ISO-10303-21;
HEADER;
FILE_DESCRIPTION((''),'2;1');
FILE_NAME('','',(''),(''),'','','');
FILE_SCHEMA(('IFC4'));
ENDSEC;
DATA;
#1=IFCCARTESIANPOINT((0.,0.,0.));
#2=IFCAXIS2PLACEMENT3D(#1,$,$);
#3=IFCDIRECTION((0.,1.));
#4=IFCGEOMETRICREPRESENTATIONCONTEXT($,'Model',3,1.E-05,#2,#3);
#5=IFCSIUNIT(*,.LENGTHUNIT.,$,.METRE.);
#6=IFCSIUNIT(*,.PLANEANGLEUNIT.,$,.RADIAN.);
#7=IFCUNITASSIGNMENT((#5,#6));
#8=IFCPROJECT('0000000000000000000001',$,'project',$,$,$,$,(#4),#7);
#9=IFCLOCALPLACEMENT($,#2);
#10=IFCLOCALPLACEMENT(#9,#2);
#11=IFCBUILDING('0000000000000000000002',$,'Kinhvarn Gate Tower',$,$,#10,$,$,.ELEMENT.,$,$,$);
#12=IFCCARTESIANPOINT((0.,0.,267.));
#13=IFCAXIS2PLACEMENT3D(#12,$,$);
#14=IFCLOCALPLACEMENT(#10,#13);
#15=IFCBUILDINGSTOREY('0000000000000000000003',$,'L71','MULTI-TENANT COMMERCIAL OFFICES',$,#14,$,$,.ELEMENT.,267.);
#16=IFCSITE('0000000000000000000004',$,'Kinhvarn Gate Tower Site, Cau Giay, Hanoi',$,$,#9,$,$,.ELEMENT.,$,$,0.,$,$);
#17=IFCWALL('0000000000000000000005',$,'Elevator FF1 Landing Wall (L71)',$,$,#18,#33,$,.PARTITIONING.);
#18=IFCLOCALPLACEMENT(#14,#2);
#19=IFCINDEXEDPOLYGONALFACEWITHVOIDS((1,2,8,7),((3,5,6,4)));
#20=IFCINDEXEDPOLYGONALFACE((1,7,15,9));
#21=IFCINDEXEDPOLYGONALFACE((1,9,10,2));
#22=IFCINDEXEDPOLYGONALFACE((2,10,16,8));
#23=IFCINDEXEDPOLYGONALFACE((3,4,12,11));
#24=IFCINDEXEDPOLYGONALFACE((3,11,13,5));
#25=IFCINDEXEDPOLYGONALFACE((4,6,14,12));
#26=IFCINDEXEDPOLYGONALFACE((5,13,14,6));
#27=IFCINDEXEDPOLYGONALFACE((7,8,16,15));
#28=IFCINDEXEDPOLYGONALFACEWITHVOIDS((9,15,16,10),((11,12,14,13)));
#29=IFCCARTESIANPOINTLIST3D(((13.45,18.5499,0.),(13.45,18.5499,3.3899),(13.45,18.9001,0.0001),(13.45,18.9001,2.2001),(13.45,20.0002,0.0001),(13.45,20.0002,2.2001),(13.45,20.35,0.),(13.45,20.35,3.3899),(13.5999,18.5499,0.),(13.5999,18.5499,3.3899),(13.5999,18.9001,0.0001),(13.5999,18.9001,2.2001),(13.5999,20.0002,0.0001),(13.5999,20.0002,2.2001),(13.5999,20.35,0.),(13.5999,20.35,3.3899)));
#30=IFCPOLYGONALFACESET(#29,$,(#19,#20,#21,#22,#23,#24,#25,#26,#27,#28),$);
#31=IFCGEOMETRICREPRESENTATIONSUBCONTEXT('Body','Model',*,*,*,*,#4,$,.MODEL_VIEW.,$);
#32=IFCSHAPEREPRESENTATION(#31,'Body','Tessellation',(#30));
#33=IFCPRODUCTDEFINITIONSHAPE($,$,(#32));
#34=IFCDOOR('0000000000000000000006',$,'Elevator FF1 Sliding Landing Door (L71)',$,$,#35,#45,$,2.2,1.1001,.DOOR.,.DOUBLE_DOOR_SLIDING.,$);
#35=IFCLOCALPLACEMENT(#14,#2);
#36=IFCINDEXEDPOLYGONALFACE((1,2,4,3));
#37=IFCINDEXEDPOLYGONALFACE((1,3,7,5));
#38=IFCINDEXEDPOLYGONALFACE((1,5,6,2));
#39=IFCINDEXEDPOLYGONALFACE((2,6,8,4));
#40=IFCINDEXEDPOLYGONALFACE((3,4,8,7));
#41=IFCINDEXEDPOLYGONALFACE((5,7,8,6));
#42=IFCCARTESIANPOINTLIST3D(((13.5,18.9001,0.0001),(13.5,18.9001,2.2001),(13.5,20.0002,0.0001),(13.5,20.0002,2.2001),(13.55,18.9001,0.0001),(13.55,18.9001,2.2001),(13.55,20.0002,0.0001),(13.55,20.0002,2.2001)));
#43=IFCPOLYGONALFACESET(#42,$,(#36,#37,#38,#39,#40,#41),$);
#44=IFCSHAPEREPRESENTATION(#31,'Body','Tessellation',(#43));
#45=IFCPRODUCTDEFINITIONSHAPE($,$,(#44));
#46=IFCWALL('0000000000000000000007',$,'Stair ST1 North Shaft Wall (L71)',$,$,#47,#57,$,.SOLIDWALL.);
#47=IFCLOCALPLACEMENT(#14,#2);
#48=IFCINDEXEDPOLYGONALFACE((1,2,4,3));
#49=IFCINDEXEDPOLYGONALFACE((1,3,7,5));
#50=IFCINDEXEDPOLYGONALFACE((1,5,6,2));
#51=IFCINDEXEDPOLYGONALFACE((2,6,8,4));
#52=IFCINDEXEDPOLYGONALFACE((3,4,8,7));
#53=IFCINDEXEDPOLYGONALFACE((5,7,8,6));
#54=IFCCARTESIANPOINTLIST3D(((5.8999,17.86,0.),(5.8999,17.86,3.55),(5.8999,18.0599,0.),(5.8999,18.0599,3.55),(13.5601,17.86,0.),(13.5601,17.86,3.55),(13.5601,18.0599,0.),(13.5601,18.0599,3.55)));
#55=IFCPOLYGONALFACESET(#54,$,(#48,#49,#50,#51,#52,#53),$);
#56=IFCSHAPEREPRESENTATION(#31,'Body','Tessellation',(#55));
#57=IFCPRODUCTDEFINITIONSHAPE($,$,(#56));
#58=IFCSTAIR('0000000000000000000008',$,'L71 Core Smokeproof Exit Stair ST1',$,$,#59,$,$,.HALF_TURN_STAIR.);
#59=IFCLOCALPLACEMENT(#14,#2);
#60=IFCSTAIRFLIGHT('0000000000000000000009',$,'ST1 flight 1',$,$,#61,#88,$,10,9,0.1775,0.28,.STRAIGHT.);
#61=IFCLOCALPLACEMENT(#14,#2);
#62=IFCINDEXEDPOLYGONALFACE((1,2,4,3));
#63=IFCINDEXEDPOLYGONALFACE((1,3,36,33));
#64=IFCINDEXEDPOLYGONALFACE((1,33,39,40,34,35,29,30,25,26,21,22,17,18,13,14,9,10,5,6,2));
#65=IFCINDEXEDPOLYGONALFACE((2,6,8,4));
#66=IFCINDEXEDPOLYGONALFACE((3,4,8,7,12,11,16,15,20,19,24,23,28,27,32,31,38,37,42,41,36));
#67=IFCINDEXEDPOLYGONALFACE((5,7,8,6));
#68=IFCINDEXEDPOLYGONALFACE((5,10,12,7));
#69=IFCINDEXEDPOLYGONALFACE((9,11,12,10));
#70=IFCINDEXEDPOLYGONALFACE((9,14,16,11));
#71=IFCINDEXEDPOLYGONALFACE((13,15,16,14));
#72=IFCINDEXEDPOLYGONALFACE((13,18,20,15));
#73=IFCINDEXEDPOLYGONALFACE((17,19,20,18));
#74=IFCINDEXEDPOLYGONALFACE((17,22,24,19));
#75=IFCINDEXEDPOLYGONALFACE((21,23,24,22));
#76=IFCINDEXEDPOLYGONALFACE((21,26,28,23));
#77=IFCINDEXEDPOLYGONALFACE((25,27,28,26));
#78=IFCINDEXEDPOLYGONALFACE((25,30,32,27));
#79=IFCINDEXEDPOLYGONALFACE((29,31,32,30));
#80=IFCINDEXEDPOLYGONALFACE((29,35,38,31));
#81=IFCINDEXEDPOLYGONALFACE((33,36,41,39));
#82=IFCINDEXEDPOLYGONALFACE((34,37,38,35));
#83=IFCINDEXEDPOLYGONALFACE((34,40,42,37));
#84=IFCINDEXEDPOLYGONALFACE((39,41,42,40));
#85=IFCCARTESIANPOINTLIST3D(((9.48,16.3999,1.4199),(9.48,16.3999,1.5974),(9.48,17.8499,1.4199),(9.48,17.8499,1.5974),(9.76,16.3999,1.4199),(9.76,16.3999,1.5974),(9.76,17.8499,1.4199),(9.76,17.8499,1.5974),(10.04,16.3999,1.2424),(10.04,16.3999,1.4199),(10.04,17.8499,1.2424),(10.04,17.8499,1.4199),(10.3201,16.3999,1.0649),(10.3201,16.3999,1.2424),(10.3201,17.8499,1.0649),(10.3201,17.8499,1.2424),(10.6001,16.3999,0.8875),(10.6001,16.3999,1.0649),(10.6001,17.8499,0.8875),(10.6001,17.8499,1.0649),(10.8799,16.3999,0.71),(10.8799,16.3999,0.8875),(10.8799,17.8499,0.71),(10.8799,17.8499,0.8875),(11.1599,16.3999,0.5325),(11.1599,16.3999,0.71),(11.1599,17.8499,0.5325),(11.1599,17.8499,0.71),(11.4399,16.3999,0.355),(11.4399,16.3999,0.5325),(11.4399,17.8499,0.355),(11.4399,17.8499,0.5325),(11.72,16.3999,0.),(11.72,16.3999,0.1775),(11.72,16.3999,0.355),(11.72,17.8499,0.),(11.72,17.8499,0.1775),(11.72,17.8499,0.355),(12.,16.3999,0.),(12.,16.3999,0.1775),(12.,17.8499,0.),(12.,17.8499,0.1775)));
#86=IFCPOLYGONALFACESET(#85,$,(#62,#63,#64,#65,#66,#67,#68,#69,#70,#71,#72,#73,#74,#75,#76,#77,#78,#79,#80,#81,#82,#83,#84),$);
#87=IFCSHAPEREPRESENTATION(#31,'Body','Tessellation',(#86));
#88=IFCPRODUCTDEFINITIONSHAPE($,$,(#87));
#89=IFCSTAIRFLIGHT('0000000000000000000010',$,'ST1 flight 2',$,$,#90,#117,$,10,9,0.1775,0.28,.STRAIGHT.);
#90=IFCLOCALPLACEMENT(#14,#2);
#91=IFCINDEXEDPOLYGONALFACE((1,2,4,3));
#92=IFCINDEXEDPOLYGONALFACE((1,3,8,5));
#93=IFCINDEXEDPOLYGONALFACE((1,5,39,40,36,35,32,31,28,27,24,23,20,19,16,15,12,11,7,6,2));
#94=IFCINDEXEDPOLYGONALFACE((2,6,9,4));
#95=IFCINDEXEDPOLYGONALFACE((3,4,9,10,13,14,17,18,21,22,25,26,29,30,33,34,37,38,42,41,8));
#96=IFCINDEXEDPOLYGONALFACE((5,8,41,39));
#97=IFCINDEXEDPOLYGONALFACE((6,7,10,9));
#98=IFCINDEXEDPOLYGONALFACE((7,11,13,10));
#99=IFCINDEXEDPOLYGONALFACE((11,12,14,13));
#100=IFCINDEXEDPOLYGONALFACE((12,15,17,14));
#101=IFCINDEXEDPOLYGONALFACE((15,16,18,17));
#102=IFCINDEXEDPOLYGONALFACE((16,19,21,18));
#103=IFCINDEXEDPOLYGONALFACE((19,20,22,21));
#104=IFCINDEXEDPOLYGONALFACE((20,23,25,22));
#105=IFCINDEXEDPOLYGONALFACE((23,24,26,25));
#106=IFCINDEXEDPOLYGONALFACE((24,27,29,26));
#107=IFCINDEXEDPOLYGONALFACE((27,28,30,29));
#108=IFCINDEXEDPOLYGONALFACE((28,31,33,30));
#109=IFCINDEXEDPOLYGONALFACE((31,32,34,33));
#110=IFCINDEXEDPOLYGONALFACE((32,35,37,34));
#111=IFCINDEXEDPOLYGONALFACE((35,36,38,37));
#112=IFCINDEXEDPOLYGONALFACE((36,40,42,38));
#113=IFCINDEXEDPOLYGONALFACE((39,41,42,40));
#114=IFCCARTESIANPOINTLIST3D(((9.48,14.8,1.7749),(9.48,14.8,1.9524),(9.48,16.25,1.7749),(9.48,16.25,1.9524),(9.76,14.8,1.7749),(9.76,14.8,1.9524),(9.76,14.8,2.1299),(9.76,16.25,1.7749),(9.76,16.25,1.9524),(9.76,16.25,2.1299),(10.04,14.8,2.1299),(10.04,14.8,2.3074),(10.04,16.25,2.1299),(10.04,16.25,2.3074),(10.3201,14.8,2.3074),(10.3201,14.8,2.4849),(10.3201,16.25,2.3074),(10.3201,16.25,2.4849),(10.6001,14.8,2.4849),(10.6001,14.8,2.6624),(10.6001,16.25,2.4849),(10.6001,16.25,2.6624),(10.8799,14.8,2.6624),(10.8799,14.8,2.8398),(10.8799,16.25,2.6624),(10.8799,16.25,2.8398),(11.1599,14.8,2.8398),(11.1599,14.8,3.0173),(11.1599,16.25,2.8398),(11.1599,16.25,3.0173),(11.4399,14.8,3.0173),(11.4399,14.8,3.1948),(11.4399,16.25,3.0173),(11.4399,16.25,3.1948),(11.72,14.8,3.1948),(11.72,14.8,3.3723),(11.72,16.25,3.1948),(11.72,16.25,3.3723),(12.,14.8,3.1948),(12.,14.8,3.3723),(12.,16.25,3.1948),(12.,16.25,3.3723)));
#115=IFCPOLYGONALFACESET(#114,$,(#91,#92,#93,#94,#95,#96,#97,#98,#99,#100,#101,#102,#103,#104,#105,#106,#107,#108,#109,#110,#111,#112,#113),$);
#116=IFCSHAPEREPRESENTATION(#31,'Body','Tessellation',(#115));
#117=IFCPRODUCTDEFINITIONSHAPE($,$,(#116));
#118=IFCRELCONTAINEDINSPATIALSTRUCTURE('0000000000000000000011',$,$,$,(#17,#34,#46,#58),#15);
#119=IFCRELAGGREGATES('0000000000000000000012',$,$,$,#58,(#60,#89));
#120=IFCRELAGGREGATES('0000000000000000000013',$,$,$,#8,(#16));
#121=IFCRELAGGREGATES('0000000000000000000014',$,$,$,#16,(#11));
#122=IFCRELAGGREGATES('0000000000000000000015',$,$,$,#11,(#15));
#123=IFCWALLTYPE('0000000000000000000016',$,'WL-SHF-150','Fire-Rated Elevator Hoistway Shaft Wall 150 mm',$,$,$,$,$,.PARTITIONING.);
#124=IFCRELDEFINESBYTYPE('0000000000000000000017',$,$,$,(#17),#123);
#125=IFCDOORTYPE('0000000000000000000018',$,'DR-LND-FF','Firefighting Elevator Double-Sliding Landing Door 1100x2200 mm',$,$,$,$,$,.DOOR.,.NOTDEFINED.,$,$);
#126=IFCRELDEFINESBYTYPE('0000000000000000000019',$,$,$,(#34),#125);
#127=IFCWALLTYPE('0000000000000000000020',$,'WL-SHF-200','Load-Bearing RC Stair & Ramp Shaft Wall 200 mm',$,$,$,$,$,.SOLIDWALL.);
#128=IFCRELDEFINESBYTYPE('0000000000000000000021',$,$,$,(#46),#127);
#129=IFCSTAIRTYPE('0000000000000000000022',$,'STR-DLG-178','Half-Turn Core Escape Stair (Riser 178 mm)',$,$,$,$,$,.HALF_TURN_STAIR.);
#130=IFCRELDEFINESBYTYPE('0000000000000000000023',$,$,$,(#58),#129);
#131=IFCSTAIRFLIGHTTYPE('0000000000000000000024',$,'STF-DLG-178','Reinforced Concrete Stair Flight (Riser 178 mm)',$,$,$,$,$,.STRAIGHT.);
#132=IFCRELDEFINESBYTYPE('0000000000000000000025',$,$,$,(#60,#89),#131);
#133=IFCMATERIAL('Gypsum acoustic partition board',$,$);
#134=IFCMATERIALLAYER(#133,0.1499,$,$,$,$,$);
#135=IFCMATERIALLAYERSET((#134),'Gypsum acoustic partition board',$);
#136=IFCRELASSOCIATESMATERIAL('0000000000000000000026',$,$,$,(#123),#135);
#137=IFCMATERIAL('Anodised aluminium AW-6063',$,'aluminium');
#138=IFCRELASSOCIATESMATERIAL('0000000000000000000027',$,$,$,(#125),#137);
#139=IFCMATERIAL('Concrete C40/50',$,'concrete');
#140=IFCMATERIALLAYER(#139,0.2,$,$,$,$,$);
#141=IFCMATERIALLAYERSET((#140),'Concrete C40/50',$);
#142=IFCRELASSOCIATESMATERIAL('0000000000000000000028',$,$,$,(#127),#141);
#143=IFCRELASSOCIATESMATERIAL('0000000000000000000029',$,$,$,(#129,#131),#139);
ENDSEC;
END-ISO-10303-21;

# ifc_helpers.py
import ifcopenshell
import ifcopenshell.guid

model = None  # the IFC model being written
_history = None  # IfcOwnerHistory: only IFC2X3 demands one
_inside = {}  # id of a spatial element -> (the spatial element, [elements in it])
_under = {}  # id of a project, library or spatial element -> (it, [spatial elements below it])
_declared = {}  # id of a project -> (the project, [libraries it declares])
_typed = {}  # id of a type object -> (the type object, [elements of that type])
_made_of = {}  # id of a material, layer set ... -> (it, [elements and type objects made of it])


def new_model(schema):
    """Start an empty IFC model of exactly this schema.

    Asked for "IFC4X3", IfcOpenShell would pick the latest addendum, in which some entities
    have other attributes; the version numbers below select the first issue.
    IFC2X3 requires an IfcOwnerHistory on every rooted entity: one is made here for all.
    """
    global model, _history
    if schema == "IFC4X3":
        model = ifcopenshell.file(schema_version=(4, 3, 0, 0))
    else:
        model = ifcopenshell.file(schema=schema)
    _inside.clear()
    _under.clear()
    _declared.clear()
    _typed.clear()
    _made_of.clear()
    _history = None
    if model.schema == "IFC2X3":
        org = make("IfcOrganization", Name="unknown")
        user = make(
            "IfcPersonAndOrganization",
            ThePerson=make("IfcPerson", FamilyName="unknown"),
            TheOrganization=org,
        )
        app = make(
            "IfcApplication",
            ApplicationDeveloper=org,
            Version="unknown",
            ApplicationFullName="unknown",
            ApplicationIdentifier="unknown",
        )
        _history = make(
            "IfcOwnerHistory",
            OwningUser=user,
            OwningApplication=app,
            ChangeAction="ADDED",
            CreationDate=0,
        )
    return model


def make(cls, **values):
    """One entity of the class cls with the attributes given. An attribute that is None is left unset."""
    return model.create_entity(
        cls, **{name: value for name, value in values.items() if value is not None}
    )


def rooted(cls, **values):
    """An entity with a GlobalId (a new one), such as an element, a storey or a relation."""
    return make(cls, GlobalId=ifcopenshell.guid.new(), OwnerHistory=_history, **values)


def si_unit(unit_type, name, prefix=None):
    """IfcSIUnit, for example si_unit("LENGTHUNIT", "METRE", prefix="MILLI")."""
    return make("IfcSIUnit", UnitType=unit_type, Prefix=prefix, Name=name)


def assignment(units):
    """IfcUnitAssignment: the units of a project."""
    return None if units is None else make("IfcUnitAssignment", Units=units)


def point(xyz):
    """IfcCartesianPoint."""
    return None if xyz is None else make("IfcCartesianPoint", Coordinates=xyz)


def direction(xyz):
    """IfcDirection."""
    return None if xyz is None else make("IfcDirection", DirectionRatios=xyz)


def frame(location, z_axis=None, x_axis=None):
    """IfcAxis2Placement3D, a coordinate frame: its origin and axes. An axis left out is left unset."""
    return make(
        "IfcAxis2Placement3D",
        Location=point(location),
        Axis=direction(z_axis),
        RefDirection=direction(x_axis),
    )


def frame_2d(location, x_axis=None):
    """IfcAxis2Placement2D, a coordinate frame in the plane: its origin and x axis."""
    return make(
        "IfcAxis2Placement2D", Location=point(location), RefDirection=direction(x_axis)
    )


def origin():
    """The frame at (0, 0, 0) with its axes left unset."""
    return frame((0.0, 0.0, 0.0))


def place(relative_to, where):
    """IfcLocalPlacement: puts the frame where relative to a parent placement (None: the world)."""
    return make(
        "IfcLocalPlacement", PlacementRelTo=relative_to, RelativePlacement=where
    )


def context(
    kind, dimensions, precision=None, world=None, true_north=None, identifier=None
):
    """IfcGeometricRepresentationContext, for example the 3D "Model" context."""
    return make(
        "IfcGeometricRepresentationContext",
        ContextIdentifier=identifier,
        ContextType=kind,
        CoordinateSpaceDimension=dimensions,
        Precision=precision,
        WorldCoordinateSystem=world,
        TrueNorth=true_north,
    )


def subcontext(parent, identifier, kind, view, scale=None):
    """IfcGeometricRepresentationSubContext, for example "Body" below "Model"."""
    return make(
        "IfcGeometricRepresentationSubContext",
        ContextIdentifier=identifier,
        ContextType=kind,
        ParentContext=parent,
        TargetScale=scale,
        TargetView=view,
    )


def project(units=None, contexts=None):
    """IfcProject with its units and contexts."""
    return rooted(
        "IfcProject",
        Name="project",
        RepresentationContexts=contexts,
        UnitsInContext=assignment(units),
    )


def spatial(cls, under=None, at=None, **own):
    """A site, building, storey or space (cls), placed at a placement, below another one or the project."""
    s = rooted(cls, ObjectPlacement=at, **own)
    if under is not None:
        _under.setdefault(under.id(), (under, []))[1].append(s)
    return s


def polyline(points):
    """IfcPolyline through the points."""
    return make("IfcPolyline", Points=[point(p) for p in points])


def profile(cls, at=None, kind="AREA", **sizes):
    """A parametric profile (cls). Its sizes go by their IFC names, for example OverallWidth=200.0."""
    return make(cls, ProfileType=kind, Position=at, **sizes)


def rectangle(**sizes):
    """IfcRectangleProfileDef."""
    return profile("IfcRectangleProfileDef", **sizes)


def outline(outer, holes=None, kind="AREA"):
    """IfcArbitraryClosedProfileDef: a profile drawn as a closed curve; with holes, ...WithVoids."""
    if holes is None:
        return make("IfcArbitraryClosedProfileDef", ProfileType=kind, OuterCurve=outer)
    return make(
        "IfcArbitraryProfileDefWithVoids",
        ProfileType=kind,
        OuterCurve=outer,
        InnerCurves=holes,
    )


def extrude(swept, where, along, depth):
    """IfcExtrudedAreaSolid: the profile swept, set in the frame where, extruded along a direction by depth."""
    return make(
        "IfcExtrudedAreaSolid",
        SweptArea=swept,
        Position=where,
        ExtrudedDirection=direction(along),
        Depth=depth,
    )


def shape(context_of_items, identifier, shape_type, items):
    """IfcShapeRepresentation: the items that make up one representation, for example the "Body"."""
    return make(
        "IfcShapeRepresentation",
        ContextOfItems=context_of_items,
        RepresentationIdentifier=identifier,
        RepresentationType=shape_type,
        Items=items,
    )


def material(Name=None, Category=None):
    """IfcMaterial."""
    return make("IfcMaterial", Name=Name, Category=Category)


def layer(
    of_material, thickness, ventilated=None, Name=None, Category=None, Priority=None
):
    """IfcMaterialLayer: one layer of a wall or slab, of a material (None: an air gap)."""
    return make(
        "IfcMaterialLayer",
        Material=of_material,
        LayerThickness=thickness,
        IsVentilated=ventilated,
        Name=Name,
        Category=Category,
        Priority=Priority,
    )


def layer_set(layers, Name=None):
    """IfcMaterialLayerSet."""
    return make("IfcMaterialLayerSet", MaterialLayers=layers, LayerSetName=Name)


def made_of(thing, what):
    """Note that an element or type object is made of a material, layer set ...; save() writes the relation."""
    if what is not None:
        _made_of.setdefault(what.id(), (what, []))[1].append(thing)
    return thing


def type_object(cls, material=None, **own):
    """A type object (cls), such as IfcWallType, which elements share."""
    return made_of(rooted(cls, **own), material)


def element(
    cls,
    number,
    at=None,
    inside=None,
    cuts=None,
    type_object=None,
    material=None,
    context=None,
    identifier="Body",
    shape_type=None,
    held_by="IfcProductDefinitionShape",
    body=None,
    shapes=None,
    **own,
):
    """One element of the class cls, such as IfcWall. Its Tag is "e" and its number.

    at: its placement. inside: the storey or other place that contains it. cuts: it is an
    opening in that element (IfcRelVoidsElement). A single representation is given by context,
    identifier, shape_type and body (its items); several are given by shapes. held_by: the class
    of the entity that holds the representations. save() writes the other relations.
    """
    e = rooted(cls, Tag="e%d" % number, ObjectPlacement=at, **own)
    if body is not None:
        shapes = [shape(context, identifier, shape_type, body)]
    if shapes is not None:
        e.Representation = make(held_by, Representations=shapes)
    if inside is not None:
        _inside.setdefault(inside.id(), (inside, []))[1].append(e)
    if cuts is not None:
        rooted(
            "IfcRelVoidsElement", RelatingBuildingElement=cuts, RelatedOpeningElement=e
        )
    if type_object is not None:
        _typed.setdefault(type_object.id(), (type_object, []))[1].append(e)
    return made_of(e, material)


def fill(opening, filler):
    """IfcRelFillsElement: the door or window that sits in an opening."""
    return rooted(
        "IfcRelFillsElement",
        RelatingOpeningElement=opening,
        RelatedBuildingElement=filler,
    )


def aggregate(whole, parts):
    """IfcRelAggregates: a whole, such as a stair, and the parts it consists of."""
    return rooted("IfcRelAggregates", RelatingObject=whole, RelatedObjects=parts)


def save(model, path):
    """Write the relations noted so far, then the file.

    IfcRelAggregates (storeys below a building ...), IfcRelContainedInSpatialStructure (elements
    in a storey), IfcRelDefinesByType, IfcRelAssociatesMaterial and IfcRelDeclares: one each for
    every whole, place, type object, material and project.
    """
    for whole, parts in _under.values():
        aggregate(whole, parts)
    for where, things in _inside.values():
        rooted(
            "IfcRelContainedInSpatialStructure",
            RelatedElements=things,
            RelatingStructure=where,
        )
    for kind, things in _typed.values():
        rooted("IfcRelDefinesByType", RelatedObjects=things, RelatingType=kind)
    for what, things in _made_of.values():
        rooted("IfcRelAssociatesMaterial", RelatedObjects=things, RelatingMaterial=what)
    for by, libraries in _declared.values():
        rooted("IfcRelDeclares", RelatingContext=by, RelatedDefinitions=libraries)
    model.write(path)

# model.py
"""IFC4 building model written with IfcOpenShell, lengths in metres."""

from ifc_helpers import new_model, si_unit, direction, frame, frame_2d, origin, place, context, subcontext, project, spatial, polyline, rectangle, outline, extrude, material, layer, layer_set, type_object, element, fill, aggregate, save


model = new_model("IFC4")

# Units and contexts
model_context = context("Model", 3, precision=1e-05, world=origin(), true_north=direction((0.0, 1.0)))
body_context = subcontext(model_context, "Body", "Model", "MODEL_VIEW")
ifc_project = project(units=[si_unit("LENGTHUNIT", "METRE"), si_unit("PLANEANGLEUNIT", "RADIAN")], contexts=[model_context])

# Site, building, storey
site_placement = place(None, origin())
site = spatial("IfcSite", under=ifc_project, at=site_placement, Name="Kinhvarn Gate Tower Site, Cau Giay, Hanoi", CompositionType="ELEMENT", RefElevation=0.0)
building_placement = place(site_placement, origin())
building = spatial("IfcBuilding", under=site, at=building_placement, Name="Kinhvarn Gate Tower", CompositionType="ELEMENT")
storey_placement = place(building_placement, frame((0.0, 0.0, 267.0)))
storey = spatial("IfcBuildingStorey", under=building, at=storey_placement, Name="L71", Description="MULTI-TENANT COMMERCIAL OFFICES", CompositionType="ELEMENT", Elevation=267.0)

# Shared definitions
ifc_material_1 = material(Name="Gypsum acoustic partition board")
ifc_layer_1 = layer(ifc_material_1, 0.1499)
ifc_layer_set_1 = layer_set([ifc_layer_1], Name="Gypsum acoustic partition board")
wall_type_1 = type_object("IfcWallType", Name="WL-SHF-150", Description="Fire-Rated Elevator Hoistway Shaft Wall 150 mm", PredefinedType="PARTITIONING", material=ifc_layer_set_1)

# Wall, opening, door
wall_1_placement = place(storey_placement, frame((13.5249, 18.55, 0.0), z_axis=(0.0, 0.0, 1.0), x_axis=(0.0, 1.0, 0.0)))
wall_1 = element("IfcWall", 1, at=wall_1_placement, inside=storey, type_object=wall_type_1, Name="Elevator FF1 Landing Wall (L71)", PredefinedType="PARTITIONING", context=body_context, shape_type="SweptSolid", body=[
    extrude(rectangle(XDim=1.8, YDim=0.1499, at=frame_2d((0.8999, 0.0))), origin(), (0.0, 0.0, 1.0), 3.3899),
])
opening_placement = place(wall_1_placement, frame((0.3501, 0.0, 0.0)))
opening = element("IfcOpeningElement", 2, at=opening_placement, cuts=wall_1, PredefinedType="OPENING", context=body_context, shape_type="SweptSolid", body=[
    extrude(rectangle(XDim=1.1001, YDim=2.2, at=frame_2d((0.55, 1.1001))), frame((0.0, 0.085, 0.0), z_axis=(0.0, -1.0, 0.0), x_axis=(1.0, 0.0, 0.0)), (0.0, 0.0, 1.0), 0.1699),
])
ifc_material_2 = material(Name="Anodised aluminium AW-6063", Category="aluminium")
door_type = type_object("IfcDoorType", Name="DR-LND-FF", Description="Firefighting Elevator Double-Sliding Landing Door 1100x2200 mm", OperationType="NOTDEFINED", PredefinedType="DOOR", material=ifc_material_2)
door_placement = place(opening_placement, origin())
door = element("IfcDoor", 3, at=door_placement, inside=storey, type_object=door_type, Name="Elevator FF1 Sliding Landing Door (L71)", OperationType="DOUBLE_DOOR_SLIDING", OverallHeight=2.2, OverallWidth=1.1001, PredefinedType="DOOR", context=body_context, shape_type="SweptSolid", body=[
    extrude(rectangle(XDim=1.1001, YDim=2.2, at=frame_2d((0.55, 1.1001))), frame((0.0, 0.0249, 0.0), z_axis=(0.0, -1.0, 0.0), x_axis=(1.0, 0.0, 0.0)), (0.0, 0.0, 1.0), 0.05),
])
fill(opening, door)

# Wall
ifc_material_3 = material(Name="Concrete C40/50", Category="concrete")
ifc_layer_2 = layer(ifc_material_3, 0.2)
ifc_layer_set_2 = layer_set([ifc_layer_2], Name="Concrete C40/50")
wall_type_2 = type_object("IfcWallType", Name="WL-SHF-200", Description="Load-Bearing RC Stair & Ramp Shaft Wall 200 mm", PredefinedType="SOLIDWALL", material=ifc_layer_set_2)
wall_2_placement = place(storey_placement, frame((5.8999, 17.96, 0.0), z_axis=(0.0, 0.0, 1.0), x_axis=(1.0, 0.0, 0.0)))
element("IfcWall", 4, at=wall_2_placement, inside=storey, type_object=wall_type_2, Name="Stair ST1 North Shaft Wall (L71)", PredefinedType="SOLIDWALL", context=body_context, shape_type="SweptSolid", body=[
    extrude(rectangle(XDim=7.6602, YDim=0.2, at=frame_2d((3.8301, 0.0))), origin(), (0.0, 0.0, 1.0), 3.55),
])

# Stair, stair flights
stair_type = type_object("IfcStairType", Name="STR-DLG-178", Description="Half-Turn Core Escape Stair (Riser 178 mm)", PredefinedType="HALF_TURN_STAIR", material=ifc_material_3)
stair_placement = place(storey_placement, origin())
stair = element("IfcStair", 5, at=stair_placement, inside=storey, type_object=stair_type, Name="L71 Core Smokeproof Exit Stair ST1", PredefinedType="HALF_TURN_STAIR")
stair_flight_type = type_object("IfcStairFlightType", Name="STF-DLG-178", Description="Reinforced Concrete Stair Flight (Riser 178 mm)", PredefinedType="STRAIGHT", material=ifc_material_3)
stair_flight_1_placement = place(storey_placement, frame((12.0, 17.125, 0.0), z_axis=(0.0, 0.0, 1.0), x_axis=(-1.0, 0.0, 0.0)))
stair_flight_1 = element("IfcStairFlight", 6, at=stair_flight_1_placement, type_object=stair_flight_type, Name="ST1 flight 1", NumberOfRisers=10, NumberOfTreads=9, PredefinedType="STRAIGHT", RiserHeight=0.1775, TreadLength=0.28, context=body_context, shape_type="SweptSolid", body=[
    extrude(outline(polyline([(0.0, 0.0), (0.0, 0.1775), (0.28, 0.1775), (0.28, 0.355), (0.5601, 0.355), (0.5601, 0.5325), (0.8401, 0.5325), (0.8401, 0.71), (1.1201, 0.71), (1.1201, 0.8875), (1.3999, 0.8875), (1.3999, 1.0649), (1.6799, 1.0649), (1.6799, 1.2424), (1.96, 1.2424), (1.96, 1.4199), (2.24, 1.4199), (2.24, 1.5974), (2.52, 1.5974), (2.52, 1.7749), (2.52, 1.4199), (0.28, 0.0), (0.0, 0.0)])), frame((0.0, 0.7251, 0.0), z_axis=(0.0, -1.0, 0.0), x_axis=(1.0, 0.0, 0.0)), (0.0, 0.0, 1.0), 1.45),
])
stair_flight_2_placement = place(storey_placement, frame((9.48, 15.5249, 1.7749), z_axis=(0.0, 0.0, 1.0), x_axis=(1.0, 0.0, 0.0)))
stair_flight_2 = element("IfcStairFlight", 7, at=stair_flight_2_placement, type_object=stair_flight_type, Name="ST1 flight 2", NumberOfRisers=10, NumberOfTreads=9, PredefinedType="STRAIGHT", RiserHeight=0.1775, TreadLength=0.28, context=body_context, shape_type="SweptSolid", body=[
    extrude(outline(polyline([(0.0, 0.0), (0.0, 0.1775), (0.28, 0.1775), (0.28, 0.355), (0.5601, 0.355), (0.5601, 0.5325), (0.8401, 0.5325), (0.8401, 0.71), (1.1201, 0.71), (1.1201, 0.8875), (1.3999, 0.8875), (1.3999, 1.0649), (1.6799, 1.0649), (1.6799, 1.2424), (1.96, 1.2424), (1.96, 1.4199), (2.24, 1.4199), (2.24, 1.5974), (2.52, 1.5974), (2.52, 1.7749), (2.52, 1.4199), (0.28, 0.0), (0.0, 0.0)])), frame((0.0, 0.7251, 0.0), z_axis=(0.0, -1.0, 0.0), x_axis=(1.0, 0.0, 0.0)), (0.0, 0.0, 1.0), 1.45),
])
aggregate(stair, [stair_flight_1, stair_flight_2])

save(model, "model.ifc")
